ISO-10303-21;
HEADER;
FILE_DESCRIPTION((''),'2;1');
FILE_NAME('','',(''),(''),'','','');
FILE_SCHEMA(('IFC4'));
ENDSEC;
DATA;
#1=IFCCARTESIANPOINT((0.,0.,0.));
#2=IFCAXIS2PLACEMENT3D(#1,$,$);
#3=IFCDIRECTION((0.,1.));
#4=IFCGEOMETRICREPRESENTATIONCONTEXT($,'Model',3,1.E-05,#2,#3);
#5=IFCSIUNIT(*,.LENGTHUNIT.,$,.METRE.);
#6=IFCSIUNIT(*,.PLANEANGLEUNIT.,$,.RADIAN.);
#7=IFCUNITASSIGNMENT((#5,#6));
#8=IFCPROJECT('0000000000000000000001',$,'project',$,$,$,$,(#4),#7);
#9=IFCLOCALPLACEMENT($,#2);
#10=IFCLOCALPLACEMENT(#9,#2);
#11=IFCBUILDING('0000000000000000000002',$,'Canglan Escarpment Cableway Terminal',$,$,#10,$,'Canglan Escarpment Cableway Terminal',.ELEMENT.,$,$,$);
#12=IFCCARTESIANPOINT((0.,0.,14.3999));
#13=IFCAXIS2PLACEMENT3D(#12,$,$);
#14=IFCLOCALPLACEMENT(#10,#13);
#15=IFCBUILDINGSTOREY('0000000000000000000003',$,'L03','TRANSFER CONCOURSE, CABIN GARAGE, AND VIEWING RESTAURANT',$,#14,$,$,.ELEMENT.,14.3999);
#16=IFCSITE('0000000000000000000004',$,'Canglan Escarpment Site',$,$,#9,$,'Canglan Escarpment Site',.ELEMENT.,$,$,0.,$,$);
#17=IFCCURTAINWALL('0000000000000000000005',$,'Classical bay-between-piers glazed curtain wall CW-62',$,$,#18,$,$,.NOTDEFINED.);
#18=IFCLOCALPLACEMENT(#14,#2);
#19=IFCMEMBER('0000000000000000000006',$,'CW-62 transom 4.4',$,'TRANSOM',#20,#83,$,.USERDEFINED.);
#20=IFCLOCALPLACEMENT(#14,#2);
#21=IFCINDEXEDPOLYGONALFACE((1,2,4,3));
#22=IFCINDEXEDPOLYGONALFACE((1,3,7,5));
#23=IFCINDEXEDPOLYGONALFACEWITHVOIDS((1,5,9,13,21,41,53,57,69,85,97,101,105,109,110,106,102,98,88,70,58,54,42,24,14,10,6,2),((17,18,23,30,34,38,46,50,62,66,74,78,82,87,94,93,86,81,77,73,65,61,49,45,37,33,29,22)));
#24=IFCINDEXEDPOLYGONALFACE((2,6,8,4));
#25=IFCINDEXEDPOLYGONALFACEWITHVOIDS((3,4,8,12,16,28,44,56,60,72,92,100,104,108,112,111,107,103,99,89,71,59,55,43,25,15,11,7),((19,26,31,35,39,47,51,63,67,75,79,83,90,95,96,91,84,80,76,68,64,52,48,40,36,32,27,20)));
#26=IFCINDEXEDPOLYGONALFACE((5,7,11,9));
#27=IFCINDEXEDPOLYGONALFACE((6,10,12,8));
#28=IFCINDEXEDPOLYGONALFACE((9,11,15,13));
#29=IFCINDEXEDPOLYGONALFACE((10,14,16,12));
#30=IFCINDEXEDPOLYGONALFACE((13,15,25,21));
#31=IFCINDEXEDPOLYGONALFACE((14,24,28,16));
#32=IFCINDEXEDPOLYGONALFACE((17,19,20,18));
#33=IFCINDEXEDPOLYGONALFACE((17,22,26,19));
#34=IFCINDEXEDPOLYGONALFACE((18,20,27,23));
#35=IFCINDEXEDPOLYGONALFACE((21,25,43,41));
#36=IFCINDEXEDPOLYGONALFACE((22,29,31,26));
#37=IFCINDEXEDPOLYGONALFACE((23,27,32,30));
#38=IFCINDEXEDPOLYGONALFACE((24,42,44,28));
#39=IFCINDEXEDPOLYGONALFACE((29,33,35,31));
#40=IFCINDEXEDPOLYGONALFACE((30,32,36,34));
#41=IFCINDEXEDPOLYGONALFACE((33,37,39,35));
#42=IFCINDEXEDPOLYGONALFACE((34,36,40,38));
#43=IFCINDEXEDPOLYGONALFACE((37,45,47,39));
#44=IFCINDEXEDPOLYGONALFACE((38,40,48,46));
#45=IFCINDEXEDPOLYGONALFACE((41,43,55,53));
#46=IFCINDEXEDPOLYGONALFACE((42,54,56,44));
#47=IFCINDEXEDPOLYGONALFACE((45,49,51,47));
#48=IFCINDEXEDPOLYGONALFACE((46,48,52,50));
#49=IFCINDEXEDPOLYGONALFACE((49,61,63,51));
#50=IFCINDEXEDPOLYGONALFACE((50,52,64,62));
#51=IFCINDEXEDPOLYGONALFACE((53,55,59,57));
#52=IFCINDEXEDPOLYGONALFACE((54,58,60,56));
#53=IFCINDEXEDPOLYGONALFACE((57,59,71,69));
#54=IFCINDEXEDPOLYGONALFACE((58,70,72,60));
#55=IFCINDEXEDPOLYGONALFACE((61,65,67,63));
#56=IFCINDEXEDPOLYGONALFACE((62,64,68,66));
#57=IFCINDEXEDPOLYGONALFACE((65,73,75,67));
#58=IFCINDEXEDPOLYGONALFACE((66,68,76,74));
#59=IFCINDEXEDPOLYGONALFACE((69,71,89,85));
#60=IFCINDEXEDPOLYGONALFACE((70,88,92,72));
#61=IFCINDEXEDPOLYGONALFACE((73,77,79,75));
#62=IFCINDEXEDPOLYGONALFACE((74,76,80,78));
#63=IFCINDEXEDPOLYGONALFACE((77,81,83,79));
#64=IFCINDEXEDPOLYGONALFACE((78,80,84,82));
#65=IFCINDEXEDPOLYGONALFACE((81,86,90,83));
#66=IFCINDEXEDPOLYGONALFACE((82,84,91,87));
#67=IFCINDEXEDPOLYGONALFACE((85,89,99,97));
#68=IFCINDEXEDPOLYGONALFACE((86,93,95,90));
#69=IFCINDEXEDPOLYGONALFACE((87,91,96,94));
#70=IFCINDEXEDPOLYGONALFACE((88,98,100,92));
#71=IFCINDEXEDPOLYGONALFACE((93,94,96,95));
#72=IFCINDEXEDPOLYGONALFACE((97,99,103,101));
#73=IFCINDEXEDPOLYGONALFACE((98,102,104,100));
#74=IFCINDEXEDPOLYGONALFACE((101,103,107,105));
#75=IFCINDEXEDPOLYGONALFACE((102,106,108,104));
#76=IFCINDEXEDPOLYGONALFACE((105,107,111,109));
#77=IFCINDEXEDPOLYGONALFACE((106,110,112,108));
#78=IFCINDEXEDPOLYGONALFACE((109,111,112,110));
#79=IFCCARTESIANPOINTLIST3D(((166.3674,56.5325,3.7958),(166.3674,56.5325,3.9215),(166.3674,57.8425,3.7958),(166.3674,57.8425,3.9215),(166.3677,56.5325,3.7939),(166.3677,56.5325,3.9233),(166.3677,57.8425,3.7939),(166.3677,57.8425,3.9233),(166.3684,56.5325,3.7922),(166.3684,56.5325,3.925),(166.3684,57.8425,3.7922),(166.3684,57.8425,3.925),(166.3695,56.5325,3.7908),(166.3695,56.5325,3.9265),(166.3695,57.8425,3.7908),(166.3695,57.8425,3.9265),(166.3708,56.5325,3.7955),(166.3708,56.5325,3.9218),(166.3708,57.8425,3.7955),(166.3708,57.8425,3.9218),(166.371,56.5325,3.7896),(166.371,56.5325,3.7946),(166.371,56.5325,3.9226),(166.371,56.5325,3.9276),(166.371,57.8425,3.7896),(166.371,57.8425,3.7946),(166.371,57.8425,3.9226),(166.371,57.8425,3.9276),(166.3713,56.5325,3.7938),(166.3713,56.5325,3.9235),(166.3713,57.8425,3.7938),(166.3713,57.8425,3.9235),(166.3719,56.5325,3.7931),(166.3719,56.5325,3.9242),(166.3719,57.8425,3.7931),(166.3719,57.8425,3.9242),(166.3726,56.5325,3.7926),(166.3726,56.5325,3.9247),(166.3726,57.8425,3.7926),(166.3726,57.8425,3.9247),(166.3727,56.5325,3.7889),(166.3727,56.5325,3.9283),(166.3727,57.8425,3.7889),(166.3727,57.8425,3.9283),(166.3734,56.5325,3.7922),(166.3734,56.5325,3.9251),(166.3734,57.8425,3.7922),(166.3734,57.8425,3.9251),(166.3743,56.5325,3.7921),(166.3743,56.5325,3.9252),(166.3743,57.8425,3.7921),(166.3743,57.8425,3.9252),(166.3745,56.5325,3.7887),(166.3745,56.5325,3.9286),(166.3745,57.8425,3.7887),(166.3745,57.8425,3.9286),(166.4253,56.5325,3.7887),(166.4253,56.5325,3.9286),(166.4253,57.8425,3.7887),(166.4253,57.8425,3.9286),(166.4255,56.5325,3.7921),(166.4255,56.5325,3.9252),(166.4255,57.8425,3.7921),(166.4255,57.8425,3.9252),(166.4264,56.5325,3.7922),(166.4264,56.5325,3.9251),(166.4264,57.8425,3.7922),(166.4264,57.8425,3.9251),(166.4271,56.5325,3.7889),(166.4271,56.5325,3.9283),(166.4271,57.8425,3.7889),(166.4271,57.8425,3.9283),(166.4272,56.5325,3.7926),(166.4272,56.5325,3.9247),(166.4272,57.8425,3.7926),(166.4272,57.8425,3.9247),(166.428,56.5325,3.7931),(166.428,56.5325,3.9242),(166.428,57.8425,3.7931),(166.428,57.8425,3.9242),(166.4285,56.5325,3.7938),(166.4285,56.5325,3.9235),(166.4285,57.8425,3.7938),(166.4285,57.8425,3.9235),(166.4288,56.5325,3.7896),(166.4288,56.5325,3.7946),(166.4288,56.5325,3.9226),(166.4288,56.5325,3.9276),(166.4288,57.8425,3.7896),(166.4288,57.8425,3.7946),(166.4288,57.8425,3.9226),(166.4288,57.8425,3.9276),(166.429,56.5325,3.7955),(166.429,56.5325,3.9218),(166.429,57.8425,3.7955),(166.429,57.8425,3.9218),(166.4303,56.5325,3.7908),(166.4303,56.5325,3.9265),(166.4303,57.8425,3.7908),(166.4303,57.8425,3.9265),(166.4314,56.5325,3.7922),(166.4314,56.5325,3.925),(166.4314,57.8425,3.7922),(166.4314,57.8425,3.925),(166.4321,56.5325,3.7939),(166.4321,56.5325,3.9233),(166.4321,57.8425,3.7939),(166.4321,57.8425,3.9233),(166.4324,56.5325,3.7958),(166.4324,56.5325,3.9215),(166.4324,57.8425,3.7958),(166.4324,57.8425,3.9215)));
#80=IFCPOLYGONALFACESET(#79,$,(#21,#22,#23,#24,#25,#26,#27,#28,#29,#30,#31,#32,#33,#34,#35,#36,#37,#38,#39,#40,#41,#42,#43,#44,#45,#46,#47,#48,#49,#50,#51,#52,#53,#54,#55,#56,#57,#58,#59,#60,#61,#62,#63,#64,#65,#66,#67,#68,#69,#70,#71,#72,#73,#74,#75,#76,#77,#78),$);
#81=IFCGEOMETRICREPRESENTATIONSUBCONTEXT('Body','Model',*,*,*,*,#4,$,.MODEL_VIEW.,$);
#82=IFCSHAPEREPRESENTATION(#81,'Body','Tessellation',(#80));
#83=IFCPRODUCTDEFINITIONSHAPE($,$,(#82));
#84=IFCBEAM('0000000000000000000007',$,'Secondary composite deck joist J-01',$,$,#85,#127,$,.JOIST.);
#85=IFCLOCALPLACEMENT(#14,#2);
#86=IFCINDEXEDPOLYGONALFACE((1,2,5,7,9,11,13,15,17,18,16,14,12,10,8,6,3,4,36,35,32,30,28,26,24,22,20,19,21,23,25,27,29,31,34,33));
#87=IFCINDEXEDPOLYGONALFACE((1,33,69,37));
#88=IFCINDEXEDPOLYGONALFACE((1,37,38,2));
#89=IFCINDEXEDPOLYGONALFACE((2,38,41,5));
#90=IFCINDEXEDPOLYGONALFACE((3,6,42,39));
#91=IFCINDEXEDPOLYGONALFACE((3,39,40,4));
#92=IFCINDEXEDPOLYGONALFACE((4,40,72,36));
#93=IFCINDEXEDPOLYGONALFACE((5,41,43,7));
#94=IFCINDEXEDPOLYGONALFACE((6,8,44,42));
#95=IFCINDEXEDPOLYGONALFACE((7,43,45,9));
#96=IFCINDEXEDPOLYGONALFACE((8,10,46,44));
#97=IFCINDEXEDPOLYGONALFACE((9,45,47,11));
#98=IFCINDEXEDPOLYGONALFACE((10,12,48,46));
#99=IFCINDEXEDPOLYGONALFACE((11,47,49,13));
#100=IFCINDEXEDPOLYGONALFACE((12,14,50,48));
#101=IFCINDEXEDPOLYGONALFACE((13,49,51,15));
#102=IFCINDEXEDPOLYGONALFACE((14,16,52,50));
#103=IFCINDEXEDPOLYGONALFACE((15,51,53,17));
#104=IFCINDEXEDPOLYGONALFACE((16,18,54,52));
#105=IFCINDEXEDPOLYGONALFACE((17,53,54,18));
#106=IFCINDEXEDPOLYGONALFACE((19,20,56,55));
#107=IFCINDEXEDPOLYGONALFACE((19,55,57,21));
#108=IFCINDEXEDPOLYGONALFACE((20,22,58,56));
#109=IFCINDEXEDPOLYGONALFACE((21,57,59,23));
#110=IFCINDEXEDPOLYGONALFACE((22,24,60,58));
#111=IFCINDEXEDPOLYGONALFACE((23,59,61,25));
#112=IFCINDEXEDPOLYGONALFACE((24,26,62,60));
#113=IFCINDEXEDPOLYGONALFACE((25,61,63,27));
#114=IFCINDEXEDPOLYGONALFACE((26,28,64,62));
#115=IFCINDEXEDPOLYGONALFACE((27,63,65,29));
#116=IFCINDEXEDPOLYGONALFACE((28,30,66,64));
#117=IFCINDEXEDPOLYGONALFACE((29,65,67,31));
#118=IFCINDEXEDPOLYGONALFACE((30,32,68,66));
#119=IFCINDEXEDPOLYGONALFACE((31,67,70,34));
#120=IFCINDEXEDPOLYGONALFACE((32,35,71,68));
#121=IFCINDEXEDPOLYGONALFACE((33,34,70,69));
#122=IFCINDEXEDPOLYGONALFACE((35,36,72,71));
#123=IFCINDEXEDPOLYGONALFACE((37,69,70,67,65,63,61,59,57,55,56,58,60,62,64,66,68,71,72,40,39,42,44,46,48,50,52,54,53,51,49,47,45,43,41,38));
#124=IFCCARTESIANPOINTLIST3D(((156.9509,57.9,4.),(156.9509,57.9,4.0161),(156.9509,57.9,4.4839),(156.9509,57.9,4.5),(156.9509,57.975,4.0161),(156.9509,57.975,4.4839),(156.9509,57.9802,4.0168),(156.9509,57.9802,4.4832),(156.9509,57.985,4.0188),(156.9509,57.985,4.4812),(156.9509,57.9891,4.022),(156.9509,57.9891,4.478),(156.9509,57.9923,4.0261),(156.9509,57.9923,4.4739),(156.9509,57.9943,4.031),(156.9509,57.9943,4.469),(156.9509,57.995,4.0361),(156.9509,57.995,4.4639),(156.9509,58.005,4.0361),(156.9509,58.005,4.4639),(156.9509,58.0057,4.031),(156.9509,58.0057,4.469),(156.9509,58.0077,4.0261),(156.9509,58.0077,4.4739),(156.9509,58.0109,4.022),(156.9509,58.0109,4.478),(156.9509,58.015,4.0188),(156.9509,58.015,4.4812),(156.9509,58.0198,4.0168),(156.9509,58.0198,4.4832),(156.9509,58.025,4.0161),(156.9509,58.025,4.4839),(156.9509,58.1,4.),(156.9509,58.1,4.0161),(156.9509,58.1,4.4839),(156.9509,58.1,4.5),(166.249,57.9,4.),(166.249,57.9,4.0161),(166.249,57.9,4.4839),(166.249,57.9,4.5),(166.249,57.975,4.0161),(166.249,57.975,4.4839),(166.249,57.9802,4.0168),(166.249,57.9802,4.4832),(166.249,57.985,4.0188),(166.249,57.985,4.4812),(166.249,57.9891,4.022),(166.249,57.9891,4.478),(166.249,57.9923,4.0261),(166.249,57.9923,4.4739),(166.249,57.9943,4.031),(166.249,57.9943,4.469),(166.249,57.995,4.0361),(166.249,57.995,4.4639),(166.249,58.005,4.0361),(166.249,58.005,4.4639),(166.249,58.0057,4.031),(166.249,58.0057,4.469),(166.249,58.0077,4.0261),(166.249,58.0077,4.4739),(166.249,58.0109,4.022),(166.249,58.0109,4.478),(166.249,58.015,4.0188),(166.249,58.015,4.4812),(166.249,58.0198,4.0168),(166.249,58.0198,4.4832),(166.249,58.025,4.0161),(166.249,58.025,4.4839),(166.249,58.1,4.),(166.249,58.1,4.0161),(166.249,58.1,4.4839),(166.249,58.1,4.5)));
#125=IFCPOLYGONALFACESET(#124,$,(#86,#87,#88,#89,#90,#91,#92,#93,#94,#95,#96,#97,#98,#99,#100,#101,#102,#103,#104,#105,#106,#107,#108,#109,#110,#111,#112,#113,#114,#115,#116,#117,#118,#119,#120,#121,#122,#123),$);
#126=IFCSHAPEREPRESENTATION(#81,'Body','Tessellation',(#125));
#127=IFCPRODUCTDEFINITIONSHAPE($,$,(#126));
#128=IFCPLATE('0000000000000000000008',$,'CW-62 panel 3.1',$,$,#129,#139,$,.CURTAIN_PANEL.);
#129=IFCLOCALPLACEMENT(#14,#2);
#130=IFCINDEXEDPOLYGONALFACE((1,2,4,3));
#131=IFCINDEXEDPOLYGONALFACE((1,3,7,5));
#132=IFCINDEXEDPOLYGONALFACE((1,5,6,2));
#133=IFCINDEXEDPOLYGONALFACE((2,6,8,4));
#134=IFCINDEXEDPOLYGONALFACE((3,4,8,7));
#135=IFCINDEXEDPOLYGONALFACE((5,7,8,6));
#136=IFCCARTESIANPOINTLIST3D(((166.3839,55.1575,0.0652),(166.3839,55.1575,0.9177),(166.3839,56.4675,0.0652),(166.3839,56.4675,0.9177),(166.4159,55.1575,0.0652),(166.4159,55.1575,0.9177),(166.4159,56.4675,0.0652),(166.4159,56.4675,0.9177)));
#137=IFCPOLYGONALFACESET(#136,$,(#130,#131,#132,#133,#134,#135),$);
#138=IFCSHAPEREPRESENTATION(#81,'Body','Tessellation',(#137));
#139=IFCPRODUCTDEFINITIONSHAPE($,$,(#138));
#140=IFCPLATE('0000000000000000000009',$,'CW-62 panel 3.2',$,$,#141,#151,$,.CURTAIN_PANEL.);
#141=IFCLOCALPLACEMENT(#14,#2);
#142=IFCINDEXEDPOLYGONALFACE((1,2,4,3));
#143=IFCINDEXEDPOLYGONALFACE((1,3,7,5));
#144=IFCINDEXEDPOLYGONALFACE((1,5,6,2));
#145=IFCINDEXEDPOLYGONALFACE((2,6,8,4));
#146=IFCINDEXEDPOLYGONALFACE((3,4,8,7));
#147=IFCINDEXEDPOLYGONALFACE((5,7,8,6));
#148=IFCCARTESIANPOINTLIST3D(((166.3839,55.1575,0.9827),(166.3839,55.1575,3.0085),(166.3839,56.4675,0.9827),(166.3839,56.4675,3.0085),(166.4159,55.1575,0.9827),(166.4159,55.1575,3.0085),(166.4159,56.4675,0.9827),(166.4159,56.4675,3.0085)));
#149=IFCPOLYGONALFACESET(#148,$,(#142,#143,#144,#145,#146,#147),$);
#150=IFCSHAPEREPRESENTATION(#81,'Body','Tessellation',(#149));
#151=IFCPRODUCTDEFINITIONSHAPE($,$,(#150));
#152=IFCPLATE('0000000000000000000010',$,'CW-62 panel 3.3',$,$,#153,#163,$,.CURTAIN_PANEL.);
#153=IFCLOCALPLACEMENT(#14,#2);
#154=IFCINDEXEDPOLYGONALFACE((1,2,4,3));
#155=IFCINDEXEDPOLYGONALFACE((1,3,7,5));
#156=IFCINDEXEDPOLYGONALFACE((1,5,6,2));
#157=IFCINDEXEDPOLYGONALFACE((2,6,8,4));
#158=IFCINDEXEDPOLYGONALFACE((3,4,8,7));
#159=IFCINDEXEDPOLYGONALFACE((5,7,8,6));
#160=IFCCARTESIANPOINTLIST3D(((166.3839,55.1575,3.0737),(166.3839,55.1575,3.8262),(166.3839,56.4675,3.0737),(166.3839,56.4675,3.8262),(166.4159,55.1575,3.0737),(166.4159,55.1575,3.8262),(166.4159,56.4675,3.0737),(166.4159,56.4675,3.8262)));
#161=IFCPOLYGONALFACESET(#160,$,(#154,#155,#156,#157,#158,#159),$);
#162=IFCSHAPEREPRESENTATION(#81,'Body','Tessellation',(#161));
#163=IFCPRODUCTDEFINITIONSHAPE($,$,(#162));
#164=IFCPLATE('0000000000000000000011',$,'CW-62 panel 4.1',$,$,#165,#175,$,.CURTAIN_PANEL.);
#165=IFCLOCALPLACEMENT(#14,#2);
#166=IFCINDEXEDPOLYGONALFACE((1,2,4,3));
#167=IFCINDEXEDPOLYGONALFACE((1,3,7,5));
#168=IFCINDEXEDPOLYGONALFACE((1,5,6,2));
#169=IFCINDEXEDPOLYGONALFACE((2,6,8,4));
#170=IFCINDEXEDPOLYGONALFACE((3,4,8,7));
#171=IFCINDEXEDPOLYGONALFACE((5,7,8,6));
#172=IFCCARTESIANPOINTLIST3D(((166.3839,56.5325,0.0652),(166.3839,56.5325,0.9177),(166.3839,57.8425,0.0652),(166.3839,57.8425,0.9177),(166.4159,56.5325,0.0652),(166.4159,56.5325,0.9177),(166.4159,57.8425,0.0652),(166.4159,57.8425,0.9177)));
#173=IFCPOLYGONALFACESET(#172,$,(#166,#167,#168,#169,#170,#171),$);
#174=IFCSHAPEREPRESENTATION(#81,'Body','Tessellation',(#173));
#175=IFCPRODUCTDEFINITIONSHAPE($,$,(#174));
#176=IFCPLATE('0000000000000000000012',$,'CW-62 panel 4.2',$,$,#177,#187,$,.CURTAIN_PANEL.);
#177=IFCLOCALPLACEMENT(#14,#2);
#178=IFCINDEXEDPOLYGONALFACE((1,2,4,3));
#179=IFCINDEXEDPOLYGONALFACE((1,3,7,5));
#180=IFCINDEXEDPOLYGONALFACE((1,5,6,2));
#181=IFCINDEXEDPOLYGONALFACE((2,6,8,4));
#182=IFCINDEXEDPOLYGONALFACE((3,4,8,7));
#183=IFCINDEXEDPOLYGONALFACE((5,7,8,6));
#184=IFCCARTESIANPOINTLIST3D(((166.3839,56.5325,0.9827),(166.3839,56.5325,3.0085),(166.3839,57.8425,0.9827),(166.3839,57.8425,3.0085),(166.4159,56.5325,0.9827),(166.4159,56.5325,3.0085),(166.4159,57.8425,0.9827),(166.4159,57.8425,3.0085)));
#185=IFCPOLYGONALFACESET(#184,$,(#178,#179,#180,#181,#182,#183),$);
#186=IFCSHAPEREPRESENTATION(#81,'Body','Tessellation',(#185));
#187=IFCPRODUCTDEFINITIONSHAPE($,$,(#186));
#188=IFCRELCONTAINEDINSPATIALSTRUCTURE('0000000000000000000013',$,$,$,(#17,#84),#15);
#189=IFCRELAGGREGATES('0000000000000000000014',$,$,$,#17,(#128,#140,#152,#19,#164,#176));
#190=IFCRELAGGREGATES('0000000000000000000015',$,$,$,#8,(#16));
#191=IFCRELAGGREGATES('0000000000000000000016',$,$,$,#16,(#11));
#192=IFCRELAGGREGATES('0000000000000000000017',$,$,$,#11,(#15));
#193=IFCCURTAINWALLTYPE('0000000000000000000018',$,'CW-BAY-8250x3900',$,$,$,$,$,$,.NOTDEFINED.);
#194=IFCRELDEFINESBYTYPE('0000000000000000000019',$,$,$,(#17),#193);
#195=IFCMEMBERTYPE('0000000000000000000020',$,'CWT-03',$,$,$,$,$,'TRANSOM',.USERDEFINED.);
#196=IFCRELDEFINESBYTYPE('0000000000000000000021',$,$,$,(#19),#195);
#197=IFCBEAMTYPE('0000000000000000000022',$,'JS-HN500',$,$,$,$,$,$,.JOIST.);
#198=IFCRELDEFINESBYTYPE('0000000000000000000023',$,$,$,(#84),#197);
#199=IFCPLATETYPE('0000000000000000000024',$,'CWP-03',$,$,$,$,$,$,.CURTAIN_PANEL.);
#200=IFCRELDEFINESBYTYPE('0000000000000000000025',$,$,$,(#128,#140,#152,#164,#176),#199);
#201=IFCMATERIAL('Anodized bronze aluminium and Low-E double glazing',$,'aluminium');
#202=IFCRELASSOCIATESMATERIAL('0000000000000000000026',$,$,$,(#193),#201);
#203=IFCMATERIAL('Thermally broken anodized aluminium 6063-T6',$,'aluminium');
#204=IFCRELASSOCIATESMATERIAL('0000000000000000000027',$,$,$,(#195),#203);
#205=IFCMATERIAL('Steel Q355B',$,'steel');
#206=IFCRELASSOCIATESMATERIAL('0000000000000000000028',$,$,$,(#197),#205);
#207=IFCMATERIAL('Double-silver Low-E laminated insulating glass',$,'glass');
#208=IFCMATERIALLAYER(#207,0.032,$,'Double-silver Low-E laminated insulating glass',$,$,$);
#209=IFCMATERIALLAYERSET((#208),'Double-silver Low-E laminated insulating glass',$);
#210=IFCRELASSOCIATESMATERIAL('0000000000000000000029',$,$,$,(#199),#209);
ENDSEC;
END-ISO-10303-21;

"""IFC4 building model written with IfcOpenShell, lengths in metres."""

from ifc_helpers import new_model, si_unit, direction, frame, origin, origin_2d, place, context, subcontext, project, spatial, rectangle, hollow_rectangle, i_section, extrude, material, layer, layer_set, material_profile, profile_set, type_object, element, aggregate, save


model = new_model("IFC4")

# Units and contexts
model_context = context("Model", 3, precision=1e-05, world=origin(), true_north=direction((0.0, 1.0)))
body_context = subcontext(model_context, "Body", "Model", "MODEL_VIEW")
ifc_project = project(units=[si_unit("LENGTHUNIT", "METRE"), si_unit("PLANEANGLEUNIT", "RADIAN")], contexts=[model_context])

# Site, building, storey
site_placement = place(None, origin())
site = spatial("IfcSite", under=ifc_project, at=site_placement, Name="Canglan Escarpment Site", LongName="Canglan Escarpment Site", CompositionType="ELEMENT", RefElevation=0.0)
building_placement = place(site_placement, origin())
building = spatial("IfcBuilding", under=site, at=building_placement, Name="Canglan Escarpment Cableway Terminal", LongName="Canglan Escarpment Cableway Terminal", CompositionType="ELEMENT")
storey_placement = place(building_placement, frame((0.0, 0.0, 14.3999)))
storey = spatial("IfcBuildingStorey", under=building, at=storey_placement, Name="L03", Description="TRANSFER CONCOURSE, CABIN GARAGE, AND VIEWING RESTAURANT", CompositionType="ELEMENT", Elevation=14.3999)

# Curtain wall, member
ifc_material_1 = material(Name="Anodized bronze aluminium and Low-E double glazing", Category="aluminium")
curtain_wall_type = type_object("IfcCurtainWallType", Name="CW-BAY-8250x3900", PredefinedType="NOTDEFINED", material=ifc_material_1)
curtain_wall_placement = place(storey_placement, origin())
curtain_wall = element("IfcCurtainWall", 1, at=curtain_wall_placement, inside=storey, type_object=curtain_wall_type, Name="Classical bay-between-piers glazed curtain wall CW-62", PredefinedType="NOTDEFINED")
ifc_material_2 = material(Name="Thermally broken anodized aluminium 6063-T6", Category="aluminium")
ifc_material_profile_1 = material_profile(ifc_material_2, hollow_rectangle(XDim=0.0649, YDim=0.1399, WallThickness=0.0034, InnerFilletRadius=0.0034, OuterFilletRadius=0.0071, at=origin_2d()), Name="ALU-TRAN 65x140x3.5")
ifc_profile_set_1 = profile_set([ifc_material_profile_1], Name="Thermally broken anodized aluminium 6063-T6")
member_type_1 = type_object("IfcMemberType", Name="CWT-03", ElementType="TRANSOM", PredefinedType="USERDEFINED", material=ifc_profile_set_1)
member_1_placement = place(storey_placement, frame((166.3999, 56.5325, 3.8586), z_axis=(0.0, 1.0, 0.0), x_axis=(-1.0, 0.0, 0.0)))
member_1 = element("IfcMember", 2, at=member_1_placement, type_object=member_type_1, Name="CW-62 transom 4.4", ObjectType="TRANSOM", PredefinedType="USERDEFINED", context=body_context, shape_type="SweptSolid", body=[
    extrude(hollow_rectangle(XDim=0.0649, YDim=0.1399, WallThickness=0.0034, InnerFilletRadius=0.0034, OuterFilletRadius=0.0071, at=origin_2d()), origin(), (0.0, 0.0, 1.0), 1.3101),
])

# Beam
ifc_material_3 = material(Name="Steel Q355B", Category="steel")
ifc_material_profile_2 = material_profile(ifc_material_3, i_section(OverallWidth=0.2, OverallDepth=0.5, WebThickness=0.01, FlangeThickness=0.0161, FilletRadius=0.02, at=origin_2d()), Name="HN 500x200x10x16")
ifc_profile_set_2 = profile_set([ifc_material_profile_2], Name="Steel Q355B")
beam_type_1 = type_object("IfcBeamType", Name="JS-HN500", PredefinedType="JOIST", material=ifc_profile_set_2)
beam_1_placement = place(storey_placement, frame((156.9509, 58.0, 4.25), z_axis=(1.0, 0.0, 0.0), x_axis=(0.0, 1.0, 0.0)))
element("IfcBeam", 3, at=beam_1_placement, inside=storey, type_object=beam_type_1, Name="Secondary composite deck joist J-01", PredefinedType="JOIST", context=body_context, shape_type="SweptSolid", body=[
    extrude(i_section(OverallWidth=0.2, OverallDepth=0.5, WebThickness=0.01, FlangeThickness=0.0161, FilletRadius=0.02, at=origin_2d()), origin(), (0.0, 0.0, 1.0), 9.2981),
])

# Plates
ifc_material_4 = material(Name="Double-silver Low-E laminated insulating glass", Category="glass")
ifc_layer_1 = layer(ifc_material_4, 0.032, Name="Double-silver Low-E laminated insulating glass")
ifc_layer_set_1 = layer_set([ifc_layer_1], Name="Double-silver Low-E laminated insulating glass")
plate_type = type_object("IfcPlateType", Name="CWP-03", PredefinedType="CURTAIN_PANEL", material=ifc_layer_set_1)
plate_1_placement = place(storey_placement, frame((166.3999, 55.8125, 0.0652), z_axis=(0.0, 0.0, 1.0), x_axis=(0.0, 1.0, 0.0)))
plate_1 = element("IfcPlate", 4, at=plate_1_placement, type_object=plate_type, Name="CW-62 panel 3.1", PredefinedType="CURTAIN_PANEL", context=body_context, shape_type="SweptSolid", body=[
    extrude(rectangle(XDim=1.3101, YDim=0.032, at=origin_2d()), origin(), (0.0, 0.0, 1.0), 0.8525),
])
plate_2_placement = place(storey_placement, frame((166.3999, 55.8125, 0.9827), z_axis=(0.0, 0.0, 1.0), x_axis=(0.0, 1.0, 0.0)))
plate_2 = element("IfcPlate", 5, at=plate_2_placement, type_object=plate_type, Name="CW-62 panel 3.2", PredefinedType="CURTAIN_PANEL", context=body_context, shape_type="SweptSolid", body=[
    extrude(rectangle(XDim=1.3101, YDim=0.032, at=origin_2d()), origin(), (0.0, 0.0, 1.0), 2.0259),
])
plate_3_placement = place(storey_placement, frame((166.3999, 55.8125, 3.0737), z_axis=(0.0, 0.0, 1.0), x_axis=(0.0, 1.0, 0.0)))
plate_3 = element("IfcPlate", 6, at=plate_3_placement, type_object=plate_type, Name="CW-62 panel 3.3", PredefinedType="CURTAIN_PANEL", context=body_context, shape_type="SweptSolid", body=[
    extrude(rectangle(XDim=1.3101, YDim=0.032, at=origin_2d()), origin(), (0.0, 0.0, 1.0), 0.7524),
])
plate_4_placement = place(storey_placement, frame((166.3999, 57.1875, 0.0652), z_axis=(0.0, 0.0, 1.0), x_axis=(0.0, 1.0, 0.0)))
plate_4 = element("IfcPlate", 7, at=plate_4_placement, type_object=plate_type, Name="CW-62 panel 4.1", PredefinedType="CURTAIN_PANEL", context=body_context, shape_type="SweptSolid", body=[
    extrude(rectangle(XDim=1.3101, YDim=0.032, at=origin_2d()), origin(), (0.0, 0.0, 1.0), 0.8525),
])
plate_5_placement = place(storey_placement, frame((166.3999, 57.1875, 0.9827), z_axis=(0.0, 0.0, 1.0), x_axis=(0.0, 1.0, 0.0)))
plate_5 = element("IfcPlate", 8, at=plate_5_placement, type_object=plate_type, Name="CW-62 panel 4.2", PredefinedType="CURTAIN_PANEL", context=body_context, shape_type="SweptSolid", body=[
    extrude(rectangle(XDim=1.3101, YDim=0.032, at=origin_2d()), origin(), (0.0, 0.0, 1.0), 2.0259),
])
aggregate(curtain_wall, [plate_1, plate_2, plate_3, member_1, plate_4, plate_5])

save(model, "model.ifc")
